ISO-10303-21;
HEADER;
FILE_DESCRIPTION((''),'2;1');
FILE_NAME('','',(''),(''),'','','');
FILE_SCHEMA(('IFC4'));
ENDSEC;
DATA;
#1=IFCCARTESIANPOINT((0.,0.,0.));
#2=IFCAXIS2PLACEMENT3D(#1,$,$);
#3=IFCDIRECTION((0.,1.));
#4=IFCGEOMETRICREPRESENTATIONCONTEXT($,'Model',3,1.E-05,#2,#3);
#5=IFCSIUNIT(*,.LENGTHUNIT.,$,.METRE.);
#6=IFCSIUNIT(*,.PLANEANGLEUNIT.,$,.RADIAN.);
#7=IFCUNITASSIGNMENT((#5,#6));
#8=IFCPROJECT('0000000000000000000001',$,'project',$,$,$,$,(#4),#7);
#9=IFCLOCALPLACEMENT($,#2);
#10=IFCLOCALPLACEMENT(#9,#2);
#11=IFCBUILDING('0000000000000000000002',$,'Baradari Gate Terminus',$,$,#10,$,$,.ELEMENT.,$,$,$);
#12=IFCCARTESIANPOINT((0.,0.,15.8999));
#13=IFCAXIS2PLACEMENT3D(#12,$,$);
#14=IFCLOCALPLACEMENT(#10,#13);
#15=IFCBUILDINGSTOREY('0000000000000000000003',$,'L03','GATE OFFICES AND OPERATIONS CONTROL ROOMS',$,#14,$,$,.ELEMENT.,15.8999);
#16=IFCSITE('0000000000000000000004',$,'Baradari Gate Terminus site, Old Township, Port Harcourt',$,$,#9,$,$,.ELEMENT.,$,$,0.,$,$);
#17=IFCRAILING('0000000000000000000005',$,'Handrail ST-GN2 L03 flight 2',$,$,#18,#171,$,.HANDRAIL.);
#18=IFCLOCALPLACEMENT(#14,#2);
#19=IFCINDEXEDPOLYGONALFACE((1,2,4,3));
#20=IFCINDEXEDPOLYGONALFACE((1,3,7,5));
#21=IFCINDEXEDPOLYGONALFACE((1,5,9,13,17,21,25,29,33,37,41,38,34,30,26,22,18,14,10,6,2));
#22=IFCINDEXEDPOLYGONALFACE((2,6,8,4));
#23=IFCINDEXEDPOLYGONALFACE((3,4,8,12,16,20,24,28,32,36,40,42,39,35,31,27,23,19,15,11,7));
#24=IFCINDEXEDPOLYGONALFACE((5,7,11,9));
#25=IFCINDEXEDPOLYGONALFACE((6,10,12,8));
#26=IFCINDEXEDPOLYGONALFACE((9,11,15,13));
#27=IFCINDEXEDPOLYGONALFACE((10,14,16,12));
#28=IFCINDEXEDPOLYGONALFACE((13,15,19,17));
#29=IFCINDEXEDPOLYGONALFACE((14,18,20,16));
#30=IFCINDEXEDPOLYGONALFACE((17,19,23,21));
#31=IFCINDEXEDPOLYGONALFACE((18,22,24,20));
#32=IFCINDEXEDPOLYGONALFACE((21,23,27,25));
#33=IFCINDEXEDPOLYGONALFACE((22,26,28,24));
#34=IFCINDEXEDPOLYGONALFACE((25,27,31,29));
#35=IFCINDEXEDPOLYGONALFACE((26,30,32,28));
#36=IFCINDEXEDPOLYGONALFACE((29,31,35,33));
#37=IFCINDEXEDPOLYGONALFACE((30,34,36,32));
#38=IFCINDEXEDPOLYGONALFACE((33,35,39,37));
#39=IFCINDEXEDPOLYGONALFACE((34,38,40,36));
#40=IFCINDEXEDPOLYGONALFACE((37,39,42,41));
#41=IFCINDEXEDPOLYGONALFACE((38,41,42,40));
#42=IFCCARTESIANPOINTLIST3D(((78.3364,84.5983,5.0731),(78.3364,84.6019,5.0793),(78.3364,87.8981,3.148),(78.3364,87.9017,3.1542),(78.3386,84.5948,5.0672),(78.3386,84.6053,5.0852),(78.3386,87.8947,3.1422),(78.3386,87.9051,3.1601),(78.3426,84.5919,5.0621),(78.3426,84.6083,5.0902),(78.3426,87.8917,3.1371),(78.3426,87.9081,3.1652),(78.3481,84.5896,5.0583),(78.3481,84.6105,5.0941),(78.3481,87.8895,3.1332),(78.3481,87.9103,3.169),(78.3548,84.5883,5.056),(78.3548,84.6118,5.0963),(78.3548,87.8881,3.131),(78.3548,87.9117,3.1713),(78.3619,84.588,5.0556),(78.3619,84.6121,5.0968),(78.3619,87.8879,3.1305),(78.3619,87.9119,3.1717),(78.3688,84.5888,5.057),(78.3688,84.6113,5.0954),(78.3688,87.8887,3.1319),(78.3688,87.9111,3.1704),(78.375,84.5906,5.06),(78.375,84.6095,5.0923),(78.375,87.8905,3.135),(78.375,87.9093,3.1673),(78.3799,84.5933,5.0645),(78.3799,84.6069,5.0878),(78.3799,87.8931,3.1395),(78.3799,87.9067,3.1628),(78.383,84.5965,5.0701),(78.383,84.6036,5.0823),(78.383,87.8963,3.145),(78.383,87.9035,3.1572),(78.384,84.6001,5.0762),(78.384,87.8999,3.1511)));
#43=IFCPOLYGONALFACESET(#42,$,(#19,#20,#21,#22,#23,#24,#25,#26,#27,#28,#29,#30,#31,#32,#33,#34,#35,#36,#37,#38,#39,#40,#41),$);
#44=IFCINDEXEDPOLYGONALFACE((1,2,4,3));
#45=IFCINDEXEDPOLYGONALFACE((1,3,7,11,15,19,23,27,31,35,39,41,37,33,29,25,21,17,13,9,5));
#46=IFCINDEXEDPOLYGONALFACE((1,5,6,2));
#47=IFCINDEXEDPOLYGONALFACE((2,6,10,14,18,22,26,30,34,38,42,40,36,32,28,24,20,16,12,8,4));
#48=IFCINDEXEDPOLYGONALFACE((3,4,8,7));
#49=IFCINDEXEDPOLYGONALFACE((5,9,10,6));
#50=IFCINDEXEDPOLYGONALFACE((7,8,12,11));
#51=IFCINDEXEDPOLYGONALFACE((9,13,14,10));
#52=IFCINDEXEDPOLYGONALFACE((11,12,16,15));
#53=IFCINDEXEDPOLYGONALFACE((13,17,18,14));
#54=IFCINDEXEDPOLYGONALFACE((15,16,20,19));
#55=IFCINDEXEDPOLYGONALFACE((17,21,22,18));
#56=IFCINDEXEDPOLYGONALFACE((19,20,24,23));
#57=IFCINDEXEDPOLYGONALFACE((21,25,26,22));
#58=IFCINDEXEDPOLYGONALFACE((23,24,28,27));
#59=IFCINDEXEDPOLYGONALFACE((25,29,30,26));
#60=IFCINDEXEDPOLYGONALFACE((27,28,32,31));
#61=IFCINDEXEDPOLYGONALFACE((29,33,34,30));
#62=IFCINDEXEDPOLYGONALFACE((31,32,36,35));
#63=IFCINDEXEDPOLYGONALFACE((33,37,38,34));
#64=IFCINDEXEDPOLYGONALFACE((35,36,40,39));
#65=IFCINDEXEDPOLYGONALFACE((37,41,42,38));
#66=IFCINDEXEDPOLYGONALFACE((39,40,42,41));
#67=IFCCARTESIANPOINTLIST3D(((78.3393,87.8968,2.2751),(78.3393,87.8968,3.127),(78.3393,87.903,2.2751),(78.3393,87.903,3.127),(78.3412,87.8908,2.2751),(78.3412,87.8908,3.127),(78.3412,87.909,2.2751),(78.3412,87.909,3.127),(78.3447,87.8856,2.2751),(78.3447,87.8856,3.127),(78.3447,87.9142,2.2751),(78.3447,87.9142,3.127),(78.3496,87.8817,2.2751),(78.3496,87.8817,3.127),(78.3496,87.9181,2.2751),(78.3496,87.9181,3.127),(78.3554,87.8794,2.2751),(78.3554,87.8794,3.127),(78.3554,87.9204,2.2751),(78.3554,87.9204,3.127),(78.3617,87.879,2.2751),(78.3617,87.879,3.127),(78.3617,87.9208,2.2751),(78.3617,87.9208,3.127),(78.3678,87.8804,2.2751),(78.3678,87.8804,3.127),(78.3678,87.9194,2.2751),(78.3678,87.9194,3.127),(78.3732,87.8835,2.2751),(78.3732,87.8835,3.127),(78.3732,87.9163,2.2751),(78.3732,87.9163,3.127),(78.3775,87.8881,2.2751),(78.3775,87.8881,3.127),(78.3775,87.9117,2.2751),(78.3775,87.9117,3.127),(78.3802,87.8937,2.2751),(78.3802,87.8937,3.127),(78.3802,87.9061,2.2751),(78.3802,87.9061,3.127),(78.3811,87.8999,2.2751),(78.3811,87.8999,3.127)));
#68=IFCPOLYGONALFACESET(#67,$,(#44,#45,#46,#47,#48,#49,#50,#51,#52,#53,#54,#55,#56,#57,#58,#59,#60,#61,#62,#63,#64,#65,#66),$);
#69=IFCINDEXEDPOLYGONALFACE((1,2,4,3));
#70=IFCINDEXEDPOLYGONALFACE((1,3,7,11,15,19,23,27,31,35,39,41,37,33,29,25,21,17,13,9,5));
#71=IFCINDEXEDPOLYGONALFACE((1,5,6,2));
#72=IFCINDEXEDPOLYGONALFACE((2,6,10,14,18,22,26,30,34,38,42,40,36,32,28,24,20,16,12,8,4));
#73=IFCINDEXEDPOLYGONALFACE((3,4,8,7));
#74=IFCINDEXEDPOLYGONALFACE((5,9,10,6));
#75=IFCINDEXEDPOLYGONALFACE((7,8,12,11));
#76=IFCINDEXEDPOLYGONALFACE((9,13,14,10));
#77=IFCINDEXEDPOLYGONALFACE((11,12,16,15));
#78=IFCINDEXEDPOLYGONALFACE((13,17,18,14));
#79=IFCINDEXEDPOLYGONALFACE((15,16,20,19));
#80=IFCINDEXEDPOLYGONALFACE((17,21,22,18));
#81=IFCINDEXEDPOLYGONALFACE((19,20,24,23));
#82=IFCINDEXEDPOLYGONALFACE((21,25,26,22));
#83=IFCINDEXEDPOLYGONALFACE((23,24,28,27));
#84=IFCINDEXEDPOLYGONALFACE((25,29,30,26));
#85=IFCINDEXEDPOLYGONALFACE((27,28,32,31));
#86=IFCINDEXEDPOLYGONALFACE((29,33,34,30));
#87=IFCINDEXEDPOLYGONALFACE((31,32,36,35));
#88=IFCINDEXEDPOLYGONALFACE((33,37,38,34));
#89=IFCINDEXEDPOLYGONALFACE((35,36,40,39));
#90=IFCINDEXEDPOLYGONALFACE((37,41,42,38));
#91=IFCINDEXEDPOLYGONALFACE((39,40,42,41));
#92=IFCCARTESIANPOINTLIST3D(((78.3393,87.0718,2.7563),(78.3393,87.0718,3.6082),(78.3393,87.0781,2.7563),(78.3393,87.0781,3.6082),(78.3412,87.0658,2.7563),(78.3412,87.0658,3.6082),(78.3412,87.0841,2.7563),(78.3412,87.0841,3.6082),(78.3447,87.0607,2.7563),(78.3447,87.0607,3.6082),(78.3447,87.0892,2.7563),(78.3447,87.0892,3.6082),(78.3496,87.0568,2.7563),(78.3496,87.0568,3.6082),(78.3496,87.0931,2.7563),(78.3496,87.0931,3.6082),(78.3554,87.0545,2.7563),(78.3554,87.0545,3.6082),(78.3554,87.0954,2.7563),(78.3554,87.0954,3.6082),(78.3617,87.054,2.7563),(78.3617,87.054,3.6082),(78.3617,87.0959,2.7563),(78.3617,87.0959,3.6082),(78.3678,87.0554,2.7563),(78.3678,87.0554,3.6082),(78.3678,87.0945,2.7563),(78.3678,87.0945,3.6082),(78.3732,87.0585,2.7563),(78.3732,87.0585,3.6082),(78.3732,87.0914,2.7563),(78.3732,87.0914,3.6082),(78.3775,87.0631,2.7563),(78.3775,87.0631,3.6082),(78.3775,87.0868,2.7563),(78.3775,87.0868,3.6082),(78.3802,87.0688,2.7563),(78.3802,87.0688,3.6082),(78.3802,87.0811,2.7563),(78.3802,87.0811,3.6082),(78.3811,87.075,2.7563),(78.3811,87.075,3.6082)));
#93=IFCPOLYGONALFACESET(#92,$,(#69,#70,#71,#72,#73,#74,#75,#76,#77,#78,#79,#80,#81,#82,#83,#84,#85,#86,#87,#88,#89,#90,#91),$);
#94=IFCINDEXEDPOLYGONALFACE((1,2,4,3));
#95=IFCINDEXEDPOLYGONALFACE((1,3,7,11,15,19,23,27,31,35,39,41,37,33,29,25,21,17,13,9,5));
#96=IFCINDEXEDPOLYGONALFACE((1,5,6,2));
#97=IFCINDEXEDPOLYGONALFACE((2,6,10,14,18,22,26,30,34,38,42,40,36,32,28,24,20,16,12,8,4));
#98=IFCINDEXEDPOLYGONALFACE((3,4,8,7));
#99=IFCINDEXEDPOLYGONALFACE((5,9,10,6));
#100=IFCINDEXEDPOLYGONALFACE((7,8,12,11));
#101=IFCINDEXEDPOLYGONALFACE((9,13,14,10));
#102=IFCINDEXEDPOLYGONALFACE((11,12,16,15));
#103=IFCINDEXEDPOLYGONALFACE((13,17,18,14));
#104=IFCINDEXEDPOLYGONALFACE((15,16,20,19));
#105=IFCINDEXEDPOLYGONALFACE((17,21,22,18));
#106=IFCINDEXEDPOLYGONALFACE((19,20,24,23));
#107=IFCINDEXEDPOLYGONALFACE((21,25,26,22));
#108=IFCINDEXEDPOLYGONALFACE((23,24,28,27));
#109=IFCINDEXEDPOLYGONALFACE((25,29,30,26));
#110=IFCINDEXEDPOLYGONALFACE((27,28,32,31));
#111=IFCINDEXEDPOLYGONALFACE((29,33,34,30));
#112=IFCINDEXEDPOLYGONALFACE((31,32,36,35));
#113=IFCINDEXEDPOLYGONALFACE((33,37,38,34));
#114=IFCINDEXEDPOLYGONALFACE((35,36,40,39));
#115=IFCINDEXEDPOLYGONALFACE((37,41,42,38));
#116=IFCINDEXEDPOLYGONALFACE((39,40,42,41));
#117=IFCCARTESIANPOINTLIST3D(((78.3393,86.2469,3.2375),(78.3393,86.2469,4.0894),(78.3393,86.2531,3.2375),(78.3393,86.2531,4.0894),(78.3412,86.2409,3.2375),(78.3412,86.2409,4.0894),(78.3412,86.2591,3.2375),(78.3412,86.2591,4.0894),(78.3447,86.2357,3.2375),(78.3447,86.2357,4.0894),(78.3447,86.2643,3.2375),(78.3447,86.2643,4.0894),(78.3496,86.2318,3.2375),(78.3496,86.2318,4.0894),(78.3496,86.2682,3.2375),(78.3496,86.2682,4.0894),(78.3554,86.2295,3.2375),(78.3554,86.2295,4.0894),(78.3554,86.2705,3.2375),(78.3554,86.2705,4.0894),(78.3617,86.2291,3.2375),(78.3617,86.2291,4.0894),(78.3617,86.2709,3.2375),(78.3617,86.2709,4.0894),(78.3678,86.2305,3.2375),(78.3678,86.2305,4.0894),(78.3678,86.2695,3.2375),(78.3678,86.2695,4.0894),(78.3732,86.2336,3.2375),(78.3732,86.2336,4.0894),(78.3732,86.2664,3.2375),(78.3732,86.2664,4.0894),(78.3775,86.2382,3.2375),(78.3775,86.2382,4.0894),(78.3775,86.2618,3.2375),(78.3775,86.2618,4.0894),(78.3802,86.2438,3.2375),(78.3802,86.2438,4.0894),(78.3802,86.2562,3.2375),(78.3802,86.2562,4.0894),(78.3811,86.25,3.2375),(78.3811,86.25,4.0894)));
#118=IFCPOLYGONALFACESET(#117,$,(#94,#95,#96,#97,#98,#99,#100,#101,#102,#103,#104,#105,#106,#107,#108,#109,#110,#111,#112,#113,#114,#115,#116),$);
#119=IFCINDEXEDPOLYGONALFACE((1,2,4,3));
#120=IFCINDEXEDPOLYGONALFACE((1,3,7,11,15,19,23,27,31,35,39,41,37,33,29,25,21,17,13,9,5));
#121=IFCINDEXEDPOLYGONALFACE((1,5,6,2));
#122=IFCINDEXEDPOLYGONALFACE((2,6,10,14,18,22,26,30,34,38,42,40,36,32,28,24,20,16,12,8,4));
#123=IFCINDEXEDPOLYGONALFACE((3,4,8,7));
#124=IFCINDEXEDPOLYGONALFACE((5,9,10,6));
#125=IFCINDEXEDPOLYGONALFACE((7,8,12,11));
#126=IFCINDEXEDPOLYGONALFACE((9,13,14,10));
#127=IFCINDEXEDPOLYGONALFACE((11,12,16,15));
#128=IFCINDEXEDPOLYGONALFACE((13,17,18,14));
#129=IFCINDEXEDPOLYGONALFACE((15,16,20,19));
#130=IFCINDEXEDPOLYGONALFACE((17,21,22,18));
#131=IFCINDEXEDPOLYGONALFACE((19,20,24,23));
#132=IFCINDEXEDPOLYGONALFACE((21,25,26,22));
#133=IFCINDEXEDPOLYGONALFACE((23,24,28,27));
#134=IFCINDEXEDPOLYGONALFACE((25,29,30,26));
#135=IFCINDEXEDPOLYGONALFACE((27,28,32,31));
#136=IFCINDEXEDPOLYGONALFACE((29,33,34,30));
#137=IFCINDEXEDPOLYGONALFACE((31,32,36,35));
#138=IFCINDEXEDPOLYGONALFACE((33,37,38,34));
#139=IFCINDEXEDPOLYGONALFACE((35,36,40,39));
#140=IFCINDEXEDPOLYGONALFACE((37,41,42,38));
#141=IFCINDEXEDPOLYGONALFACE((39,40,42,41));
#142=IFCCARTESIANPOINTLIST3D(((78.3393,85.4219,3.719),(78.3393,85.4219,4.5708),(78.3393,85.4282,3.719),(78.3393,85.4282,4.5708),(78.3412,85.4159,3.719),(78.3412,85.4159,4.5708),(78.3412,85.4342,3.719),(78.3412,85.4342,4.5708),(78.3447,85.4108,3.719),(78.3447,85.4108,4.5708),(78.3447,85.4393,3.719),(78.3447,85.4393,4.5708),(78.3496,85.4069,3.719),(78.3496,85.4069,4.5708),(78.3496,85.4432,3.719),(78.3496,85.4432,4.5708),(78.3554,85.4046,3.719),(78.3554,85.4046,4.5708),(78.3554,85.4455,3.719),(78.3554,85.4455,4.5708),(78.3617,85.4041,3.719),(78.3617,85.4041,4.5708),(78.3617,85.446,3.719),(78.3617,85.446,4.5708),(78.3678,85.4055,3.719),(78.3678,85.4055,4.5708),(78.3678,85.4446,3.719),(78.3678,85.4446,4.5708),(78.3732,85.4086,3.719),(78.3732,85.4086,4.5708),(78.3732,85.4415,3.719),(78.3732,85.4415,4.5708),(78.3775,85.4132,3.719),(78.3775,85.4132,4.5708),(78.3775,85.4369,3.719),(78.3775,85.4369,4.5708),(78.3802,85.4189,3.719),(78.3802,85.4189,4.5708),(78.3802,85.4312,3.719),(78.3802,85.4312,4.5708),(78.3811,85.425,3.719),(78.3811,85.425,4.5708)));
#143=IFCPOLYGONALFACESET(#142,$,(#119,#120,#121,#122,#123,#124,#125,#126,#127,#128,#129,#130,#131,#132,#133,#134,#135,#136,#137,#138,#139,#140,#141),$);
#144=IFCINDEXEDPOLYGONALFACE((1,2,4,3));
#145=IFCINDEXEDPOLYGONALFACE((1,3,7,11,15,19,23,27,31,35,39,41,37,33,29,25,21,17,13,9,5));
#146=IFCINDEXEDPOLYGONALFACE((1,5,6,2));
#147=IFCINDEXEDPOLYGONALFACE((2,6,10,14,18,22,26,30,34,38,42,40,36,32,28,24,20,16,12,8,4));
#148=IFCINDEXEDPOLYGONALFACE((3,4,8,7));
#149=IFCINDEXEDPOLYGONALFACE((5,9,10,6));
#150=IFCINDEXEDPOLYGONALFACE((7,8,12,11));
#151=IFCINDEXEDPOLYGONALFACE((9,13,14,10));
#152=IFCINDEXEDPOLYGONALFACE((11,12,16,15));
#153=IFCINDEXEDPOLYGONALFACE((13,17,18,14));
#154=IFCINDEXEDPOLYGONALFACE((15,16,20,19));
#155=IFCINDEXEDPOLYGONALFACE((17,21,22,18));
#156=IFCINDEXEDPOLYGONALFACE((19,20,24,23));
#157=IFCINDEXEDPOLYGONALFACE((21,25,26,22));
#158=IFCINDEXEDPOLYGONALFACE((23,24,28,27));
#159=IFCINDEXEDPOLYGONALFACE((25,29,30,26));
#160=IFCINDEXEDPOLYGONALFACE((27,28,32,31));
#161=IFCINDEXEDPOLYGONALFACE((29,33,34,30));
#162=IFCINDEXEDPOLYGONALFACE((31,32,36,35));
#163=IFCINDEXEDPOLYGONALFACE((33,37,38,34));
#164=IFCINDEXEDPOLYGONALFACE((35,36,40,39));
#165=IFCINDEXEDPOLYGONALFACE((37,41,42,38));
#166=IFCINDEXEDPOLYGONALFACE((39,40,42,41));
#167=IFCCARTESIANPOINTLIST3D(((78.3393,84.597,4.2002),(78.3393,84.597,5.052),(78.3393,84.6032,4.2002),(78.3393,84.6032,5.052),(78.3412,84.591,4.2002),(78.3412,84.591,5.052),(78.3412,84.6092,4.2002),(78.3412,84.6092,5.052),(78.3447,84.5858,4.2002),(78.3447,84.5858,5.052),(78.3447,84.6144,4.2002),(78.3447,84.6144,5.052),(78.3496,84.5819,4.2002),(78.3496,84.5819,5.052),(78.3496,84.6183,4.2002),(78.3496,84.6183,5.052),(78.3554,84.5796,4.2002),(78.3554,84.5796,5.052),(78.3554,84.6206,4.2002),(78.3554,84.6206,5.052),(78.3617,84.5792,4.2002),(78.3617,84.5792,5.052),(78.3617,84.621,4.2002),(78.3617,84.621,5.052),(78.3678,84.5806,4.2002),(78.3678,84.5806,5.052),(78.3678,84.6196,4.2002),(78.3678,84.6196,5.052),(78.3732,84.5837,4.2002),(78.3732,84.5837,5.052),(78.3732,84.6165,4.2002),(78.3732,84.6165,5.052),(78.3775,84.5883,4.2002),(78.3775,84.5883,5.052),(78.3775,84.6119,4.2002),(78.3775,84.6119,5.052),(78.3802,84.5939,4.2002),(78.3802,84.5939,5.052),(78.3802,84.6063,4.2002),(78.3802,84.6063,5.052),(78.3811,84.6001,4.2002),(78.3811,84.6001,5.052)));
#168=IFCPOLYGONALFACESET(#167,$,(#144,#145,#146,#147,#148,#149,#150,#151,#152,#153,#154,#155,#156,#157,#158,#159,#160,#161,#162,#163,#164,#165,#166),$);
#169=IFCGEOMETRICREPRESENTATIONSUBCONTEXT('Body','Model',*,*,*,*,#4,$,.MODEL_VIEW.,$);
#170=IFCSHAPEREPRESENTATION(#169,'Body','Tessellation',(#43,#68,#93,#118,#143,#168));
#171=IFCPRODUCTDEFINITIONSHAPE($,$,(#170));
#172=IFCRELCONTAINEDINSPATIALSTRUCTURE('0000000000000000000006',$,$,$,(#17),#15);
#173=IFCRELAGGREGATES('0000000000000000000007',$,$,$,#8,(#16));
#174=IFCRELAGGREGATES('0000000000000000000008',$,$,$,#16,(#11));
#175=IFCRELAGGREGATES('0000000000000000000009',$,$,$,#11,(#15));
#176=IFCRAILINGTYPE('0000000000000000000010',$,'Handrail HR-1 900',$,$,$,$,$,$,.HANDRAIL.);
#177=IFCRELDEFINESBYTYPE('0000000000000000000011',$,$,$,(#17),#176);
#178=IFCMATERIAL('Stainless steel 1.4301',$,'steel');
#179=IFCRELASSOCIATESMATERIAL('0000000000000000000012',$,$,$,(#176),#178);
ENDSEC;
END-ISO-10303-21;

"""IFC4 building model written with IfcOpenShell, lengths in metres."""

from ifc_helpers import new_model, si_unit, direction, frame, origin, origin_2d, place, context, subcontext, project, spatial, circle, extrude, material, type_object, element, save


model = new_model("IFC4")

# Units and contexts
model_context = context("Model", 3, precision=1e-05, world=origin(), true_north=direction((0.0, 1.0)))
body_context = subcontext(model_context, "Body", "Model", "MODEL_VIEW")
ifc_project = project(units=[si_unit("LENGTHUNIT", "METRE"), si_unit("PLANEANGLEUNIT", "RADIAN")], contexts=[model_context])

# Site, building, storey
site_placement = place(None, origin())
site = spatial("IfcSite", under=ifc_project, at=site_placement, Name="Baradari Gate Terminus site, Old Township, Port Harcourt", CompositionType="ELEMENT", RefElevation=0.0)
building_placement = place(site_placement, origin())
building = spatial("IfcBuilding", under=site, at=building_placement, Name="Baradari Gate Terminus", CompositionType="ELEMENT")
storey_placement = place(building_placement, frame((0.0, 0.0, 15.8999)))
storey = spatial("IfcBuildingStorey", under=building, at=storey_placement, Name="L03", Description="GATE OFFICES AND OPERATIONS CONTROL ROOMS", CompositionType="ELEMENT", Elevation=15.8999)

# Railing
ifc_material_1 = material(Name="Stainless steel 1.4301", Category="steel")
railing_type = type_object("IfcRailingType", Name="Handrail HR-1 900", PredefinedType="HANDRAIL", material=ifc_material_1)
for number, where, name in (
    (1, (78.3601, 87.8999, 2.2751), "Handrail ST-GN2 L03 flight 2"),
):
    element("IfcRailing", number, at=place(storey_placement, frame(where)), inside=storey, type_object=railing_type, Name=name, PredefinedType="HANDRAIL", context=body_context, shape_type="SweptSolid", body=[
        extrude(circle(Radius=0.0239, at=origin_2d()), frame((0.0, 0.0, 0.876), z_axis=(0.0, -0.86376, 0.503903), x_axis=(1.0, 0.0, 0.0)), (0.0, 0.0, 1.0), 3.8203),
        extrude(circle(Radius=0.021, at=origin_2d()), origin(), (0.0, 0.0, 1.0), 0.8518),
        extrude(circle(Radius=0.021, at=origin_2d()), frame((0.0, -0.825, 0.4812)), (0.0, 0.0, 1.0), 0.8518),
        extrude(circle(Radius=0.021, at=origin_2d()), frame((0.0, -1.6499, 0.9624)), (0.0, 0.0, 1.0), 0.8518),
        extrude(circle(Radius=0.021, at=origin_2d()), frame((0.0, -2.4749, 1.4438)), (0.0, 0.0, 1.0), 0.8518),
        extrude(circle(Radius=0.021, at=origin_2d()), frame((0.0, -3.2998, 1.925)), (0.0, 0.0, 1.0), 0.8518),
    ])

save(model, "model.ifc")
